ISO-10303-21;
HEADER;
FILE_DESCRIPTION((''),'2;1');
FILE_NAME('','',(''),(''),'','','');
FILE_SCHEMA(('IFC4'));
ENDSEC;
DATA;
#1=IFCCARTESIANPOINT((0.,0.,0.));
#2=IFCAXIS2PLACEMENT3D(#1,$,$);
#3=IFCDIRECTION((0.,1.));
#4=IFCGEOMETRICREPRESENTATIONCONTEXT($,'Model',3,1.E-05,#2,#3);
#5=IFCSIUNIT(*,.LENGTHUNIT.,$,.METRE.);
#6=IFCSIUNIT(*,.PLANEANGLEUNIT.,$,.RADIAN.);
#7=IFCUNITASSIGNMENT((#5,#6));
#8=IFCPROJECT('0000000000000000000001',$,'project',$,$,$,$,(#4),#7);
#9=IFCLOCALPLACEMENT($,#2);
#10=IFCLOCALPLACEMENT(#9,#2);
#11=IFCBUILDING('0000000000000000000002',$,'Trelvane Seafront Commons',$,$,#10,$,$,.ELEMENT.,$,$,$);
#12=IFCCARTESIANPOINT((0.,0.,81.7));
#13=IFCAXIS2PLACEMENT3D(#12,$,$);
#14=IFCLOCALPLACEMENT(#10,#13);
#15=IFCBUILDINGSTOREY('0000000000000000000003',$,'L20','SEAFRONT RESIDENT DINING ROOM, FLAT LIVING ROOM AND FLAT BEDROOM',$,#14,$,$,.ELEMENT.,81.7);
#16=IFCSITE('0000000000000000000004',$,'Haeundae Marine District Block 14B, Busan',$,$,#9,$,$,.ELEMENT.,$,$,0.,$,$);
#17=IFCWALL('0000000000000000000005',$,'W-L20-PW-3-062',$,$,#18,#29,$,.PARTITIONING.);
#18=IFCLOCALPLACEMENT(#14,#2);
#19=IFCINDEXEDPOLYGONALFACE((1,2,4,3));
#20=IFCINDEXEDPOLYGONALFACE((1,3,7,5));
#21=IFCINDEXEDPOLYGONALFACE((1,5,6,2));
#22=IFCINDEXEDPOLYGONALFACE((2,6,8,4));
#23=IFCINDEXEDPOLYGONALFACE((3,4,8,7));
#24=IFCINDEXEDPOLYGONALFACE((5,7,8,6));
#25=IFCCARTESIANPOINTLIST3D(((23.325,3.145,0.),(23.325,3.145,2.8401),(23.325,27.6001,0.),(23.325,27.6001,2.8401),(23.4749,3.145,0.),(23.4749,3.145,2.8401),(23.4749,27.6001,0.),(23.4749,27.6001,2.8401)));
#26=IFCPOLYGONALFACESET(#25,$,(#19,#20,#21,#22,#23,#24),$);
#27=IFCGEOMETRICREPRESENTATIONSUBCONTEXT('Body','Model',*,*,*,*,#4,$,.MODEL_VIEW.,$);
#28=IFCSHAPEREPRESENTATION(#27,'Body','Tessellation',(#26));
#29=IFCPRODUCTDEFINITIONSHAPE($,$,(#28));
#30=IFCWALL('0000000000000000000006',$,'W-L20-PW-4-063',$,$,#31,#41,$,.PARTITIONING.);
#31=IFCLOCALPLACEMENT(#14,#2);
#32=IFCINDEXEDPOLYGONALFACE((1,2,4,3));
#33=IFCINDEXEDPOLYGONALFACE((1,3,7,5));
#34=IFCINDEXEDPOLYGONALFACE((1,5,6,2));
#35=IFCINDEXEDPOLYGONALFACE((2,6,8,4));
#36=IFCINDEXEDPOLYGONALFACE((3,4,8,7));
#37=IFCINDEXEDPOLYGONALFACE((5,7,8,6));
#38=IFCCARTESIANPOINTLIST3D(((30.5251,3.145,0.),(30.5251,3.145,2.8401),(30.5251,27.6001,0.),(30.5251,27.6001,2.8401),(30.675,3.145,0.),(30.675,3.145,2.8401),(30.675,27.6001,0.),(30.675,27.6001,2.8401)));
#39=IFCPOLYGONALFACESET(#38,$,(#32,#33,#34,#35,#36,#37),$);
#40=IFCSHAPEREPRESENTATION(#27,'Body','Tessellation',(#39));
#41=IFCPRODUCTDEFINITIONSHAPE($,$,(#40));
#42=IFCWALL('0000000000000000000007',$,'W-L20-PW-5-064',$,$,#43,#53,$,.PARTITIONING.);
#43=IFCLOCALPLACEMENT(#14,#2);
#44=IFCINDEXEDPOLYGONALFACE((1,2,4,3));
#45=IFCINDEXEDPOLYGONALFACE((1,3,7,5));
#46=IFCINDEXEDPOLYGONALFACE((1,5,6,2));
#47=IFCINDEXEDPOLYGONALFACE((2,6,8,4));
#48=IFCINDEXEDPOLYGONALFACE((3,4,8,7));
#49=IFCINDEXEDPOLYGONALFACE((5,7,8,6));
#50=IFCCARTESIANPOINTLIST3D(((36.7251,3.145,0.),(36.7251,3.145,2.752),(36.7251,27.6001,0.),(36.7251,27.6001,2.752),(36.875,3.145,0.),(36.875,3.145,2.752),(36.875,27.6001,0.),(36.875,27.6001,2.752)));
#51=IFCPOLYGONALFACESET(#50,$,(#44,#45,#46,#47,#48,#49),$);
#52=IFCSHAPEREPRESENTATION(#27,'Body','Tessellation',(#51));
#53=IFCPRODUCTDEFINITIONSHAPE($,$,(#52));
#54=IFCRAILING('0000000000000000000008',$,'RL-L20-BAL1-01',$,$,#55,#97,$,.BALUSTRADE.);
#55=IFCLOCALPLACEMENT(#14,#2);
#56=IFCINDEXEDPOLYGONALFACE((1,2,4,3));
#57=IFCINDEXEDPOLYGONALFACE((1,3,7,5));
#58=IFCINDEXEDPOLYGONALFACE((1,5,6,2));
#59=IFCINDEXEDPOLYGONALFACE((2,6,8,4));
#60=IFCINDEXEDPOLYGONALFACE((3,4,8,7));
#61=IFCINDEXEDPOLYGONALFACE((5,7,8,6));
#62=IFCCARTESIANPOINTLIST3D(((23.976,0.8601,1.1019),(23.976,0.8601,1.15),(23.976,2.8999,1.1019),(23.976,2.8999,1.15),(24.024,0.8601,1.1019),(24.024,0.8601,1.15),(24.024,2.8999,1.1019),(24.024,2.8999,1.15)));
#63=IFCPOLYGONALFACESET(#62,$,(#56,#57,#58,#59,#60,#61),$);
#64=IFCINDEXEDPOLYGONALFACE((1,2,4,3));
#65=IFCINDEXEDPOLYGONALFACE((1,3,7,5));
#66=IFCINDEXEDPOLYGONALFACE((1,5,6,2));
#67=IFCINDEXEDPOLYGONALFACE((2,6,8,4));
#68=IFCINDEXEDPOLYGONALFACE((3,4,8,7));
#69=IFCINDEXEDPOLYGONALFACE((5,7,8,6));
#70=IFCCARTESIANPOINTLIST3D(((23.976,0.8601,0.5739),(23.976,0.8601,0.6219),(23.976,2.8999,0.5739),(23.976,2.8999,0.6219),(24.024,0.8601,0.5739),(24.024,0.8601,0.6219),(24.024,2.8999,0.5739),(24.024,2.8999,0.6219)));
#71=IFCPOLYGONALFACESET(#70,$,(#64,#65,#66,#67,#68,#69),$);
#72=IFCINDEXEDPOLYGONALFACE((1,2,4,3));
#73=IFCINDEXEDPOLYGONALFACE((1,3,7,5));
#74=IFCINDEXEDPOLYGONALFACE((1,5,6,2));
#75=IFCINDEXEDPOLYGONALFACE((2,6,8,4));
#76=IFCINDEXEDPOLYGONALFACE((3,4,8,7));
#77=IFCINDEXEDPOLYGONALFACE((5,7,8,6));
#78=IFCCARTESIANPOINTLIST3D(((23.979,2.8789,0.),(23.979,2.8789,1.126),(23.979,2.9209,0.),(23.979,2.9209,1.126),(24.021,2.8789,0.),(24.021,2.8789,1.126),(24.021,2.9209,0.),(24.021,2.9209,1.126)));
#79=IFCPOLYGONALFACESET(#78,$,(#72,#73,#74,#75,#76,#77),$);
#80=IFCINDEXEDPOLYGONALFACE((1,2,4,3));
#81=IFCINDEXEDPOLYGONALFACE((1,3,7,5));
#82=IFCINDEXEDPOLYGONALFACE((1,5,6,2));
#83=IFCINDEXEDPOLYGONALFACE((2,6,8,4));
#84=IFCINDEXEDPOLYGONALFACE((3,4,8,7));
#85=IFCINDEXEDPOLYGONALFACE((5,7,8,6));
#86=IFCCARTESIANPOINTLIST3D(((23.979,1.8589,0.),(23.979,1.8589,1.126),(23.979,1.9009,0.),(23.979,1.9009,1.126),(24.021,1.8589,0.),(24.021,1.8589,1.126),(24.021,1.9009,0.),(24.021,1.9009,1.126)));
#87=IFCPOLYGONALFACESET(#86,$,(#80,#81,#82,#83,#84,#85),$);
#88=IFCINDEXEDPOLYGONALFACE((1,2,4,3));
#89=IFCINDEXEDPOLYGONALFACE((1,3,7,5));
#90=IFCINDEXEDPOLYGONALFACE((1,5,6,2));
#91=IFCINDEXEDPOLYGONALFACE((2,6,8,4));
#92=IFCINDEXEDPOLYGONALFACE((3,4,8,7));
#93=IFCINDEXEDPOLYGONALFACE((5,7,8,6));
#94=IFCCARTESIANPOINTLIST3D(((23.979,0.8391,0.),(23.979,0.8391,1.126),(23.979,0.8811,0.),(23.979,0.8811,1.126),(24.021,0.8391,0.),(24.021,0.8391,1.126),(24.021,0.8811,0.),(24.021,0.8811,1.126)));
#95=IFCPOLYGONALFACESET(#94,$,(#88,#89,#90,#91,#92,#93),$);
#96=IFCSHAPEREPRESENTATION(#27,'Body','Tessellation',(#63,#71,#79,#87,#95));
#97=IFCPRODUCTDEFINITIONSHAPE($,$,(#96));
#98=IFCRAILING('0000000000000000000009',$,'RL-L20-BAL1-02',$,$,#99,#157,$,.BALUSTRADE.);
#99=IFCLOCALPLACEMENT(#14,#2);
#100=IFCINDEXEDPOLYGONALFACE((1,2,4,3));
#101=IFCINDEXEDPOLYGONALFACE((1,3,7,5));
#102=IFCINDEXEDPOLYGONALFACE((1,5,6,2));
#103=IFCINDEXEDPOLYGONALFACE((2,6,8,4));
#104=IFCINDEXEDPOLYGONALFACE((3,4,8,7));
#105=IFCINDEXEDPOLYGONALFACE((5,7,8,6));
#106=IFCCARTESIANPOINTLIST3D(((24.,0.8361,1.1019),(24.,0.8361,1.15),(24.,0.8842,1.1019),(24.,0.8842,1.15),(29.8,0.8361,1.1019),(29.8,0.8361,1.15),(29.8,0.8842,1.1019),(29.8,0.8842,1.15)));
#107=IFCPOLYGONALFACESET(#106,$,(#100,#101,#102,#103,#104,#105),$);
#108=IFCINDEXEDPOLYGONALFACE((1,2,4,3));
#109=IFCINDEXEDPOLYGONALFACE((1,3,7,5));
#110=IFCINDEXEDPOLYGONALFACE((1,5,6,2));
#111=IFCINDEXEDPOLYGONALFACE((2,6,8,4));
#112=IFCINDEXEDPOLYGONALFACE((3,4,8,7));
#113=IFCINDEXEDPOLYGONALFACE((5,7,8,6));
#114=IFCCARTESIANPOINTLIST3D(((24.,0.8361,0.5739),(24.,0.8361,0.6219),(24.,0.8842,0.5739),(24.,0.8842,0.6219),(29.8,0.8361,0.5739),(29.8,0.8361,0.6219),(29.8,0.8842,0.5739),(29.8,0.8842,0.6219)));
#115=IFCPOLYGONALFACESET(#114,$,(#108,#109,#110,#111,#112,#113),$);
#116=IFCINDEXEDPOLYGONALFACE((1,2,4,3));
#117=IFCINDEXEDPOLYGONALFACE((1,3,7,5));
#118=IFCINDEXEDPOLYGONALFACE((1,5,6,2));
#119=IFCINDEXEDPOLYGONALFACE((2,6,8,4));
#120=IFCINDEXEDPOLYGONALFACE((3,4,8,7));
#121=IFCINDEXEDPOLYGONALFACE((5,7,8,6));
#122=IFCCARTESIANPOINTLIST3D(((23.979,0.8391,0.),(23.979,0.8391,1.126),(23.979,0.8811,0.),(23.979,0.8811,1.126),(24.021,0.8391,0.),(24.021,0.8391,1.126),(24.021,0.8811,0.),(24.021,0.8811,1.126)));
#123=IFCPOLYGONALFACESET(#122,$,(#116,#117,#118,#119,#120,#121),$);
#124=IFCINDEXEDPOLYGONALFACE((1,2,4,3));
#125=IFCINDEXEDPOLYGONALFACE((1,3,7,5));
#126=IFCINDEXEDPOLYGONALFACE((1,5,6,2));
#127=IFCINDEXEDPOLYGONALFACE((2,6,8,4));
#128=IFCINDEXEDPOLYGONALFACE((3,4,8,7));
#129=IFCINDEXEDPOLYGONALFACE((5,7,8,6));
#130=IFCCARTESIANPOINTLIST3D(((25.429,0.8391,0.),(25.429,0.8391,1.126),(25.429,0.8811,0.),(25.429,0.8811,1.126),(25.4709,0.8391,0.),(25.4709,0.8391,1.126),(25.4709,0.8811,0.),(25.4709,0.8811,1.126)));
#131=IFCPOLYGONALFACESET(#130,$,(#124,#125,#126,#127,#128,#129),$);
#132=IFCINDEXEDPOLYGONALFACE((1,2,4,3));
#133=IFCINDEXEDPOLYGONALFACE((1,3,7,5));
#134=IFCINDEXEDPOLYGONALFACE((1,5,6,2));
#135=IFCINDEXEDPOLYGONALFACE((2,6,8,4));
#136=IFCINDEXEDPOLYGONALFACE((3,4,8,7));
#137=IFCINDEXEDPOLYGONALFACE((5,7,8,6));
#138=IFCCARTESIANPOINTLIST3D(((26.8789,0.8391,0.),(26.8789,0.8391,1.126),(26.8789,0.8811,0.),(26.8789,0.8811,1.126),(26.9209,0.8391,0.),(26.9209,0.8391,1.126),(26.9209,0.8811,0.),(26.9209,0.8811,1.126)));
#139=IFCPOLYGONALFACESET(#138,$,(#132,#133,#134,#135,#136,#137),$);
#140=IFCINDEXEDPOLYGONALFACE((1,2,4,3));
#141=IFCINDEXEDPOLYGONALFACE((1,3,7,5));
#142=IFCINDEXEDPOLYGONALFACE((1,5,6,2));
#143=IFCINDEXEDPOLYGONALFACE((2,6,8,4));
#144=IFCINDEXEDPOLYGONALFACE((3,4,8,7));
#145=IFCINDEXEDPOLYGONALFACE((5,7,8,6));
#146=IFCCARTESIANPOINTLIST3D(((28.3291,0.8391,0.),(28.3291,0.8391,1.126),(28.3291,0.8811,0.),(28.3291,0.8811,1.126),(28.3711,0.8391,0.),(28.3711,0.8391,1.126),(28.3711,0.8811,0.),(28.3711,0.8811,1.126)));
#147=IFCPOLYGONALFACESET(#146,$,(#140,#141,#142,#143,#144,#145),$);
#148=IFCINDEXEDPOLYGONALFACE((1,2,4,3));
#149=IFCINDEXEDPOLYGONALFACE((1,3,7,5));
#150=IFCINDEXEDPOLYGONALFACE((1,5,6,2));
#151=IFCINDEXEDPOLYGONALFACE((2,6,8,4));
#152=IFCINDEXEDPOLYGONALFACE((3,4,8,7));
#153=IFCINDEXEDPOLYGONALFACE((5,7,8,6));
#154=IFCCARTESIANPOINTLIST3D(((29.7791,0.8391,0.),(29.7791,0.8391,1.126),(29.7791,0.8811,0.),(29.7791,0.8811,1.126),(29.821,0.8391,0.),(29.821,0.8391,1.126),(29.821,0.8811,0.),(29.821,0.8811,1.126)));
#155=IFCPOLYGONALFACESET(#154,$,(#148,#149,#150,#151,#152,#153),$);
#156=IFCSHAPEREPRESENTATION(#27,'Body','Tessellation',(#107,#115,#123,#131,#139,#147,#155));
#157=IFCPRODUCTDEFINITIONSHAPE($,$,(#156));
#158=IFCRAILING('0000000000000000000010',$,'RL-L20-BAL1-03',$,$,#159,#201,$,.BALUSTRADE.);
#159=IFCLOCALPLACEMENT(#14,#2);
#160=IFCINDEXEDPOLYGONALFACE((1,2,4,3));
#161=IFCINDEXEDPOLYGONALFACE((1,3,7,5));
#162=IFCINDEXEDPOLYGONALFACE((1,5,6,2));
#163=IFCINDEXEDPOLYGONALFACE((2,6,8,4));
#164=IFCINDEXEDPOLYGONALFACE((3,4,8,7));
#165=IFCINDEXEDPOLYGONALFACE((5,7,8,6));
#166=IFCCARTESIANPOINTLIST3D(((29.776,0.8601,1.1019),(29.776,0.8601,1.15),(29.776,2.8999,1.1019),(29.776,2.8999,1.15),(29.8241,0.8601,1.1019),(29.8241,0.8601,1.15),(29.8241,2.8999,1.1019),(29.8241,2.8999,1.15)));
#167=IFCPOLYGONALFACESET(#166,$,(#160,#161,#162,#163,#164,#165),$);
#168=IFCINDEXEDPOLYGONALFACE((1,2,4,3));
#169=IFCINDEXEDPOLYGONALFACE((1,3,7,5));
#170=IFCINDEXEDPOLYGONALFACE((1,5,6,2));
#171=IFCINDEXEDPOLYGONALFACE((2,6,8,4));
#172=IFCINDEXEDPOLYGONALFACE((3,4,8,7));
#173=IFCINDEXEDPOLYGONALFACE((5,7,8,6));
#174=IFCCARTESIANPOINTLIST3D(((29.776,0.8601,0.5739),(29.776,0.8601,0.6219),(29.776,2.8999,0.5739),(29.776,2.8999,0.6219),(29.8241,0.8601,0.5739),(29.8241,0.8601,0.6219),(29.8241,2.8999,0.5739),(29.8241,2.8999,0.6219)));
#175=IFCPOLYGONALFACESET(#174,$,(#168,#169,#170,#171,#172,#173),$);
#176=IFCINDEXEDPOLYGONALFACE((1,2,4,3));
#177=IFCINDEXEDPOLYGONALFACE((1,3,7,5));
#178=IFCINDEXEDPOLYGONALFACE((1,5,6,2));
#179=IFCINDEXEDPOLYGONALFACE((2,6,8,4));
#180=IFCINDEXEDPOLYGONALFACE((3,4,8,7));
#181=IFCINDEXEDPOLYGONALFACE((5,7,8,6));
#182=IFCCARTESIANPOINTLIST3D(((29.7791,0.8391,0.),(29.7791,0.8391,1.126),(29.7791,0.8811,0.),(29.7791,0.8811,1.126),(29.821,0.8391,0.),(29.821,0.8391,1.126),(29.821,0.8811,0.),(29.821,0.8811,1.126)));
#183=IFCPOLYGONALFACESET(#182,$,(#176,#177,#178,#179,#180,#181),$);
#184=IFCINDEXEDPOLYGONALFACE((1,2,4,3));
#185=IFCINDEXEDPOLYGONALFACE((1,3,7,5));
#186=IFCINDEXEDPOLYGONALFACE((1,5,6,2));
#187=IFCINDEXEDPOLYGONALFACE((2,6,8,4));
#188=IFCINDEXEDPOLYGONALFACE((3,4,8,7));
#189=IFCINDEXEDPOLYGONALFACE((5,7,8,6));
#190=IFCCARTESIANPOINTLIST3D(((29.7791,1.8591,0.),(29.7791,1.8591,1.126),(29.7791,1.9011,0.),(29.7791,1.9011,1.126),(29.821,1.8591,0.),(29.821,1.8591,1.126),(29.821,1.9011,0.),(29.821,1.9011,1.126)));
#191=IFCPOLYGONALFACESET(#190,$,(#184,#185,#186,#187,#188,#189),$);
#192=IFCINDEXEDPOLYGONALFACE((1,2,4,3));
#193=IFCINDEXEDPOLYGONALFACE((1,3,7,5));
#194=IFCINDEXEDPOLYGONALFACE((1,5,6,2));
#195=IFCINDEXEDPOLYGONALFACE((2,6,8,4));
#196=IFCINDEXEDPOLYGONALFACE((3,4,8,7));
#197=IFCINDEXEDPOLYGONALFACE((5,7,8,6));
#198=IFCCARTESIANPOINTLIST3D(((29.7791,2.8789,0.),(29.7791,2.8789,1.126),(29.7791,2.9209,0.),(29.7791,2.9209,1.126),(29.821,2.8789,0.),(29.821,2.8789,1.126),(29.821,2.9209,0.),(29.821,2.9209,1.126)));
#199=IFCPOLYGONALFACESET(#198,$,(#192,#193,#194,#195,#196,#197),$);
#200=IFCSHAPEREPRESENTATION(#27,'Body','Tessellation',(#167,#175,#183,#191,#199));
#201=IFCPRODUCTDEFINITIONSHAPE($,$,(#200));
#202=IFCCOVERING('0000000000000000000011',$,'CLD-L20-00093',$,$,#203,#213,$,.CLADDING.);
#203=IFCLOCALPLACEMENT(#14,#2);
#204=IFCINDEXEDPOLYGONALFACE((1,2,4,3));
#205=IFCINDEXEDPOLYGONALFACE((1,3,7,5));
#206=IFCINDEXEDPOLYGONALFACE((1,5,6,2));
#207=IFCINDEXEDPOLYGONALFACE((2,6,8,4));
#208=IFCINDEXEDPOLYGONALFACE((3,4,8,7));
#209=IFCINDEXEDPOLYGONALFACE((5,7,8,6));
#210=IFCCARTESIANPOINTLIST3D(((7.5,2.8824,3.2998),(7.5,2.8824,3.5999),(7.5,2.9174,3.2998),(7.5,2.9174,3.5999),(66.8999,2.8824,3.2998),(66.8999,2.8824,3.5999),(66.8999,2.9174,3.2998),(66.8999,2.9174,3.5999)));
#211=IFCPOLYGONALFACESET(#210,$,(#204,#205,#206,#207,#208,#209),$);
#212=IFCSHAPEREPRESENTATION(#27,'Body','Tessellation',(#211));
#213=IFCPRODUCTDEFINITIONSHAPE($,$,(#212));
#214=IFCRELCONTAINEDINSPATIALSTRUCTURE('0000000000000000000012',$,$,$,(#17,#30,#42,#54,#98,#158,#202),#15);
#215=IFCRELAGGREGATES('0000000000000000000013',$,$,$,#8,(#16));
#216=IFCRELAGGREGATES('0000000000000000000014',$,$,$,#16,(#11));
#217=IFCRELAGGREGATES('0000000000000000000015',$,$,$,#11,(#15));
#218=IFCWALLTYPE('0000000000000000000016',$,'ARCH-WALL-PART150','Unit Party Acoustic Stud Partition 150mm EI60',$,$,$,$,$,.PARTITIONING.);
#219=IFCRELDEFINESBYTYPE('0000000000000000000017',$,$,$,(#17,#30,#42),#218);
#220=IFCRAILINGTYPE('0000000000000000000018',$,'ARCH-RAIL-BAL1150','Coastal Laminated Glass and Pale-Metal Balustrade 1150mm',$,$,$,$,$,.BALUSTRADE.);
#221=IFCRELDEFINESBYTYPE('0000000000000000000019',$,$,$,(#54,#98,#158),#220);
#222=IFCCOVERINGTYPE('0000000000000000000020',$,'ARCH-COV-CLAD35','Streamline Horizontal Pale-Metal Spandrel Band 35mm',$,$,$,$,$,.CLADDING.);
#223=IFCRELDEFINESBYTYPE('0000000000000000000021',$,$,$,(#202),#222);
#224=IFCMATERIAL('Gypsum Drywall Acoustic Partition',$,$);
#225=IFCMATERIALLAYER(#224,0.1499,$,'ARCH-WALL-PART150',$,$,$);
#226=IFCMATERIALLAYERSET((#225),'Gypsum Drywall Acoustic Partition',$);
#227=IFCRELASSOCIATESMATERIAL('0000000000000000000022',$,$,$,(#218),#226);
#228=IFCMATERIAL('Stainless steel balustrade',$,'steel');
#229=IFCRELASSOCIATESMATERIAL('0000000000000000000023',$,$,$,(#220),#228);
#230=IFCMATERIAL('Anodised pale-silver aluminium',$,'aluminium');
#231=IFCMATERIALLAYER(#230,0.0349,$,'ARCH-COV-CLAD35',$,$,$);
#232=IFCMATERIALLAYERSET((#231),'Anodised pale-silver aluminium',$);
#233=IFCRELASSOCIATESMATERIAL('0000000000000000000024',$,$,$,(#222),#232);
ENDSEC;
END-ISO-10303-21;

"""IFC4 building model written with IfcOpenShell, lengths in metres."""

from ifc_helpers import new_model, si_unit, direction, frame, frame_2d, origin, origin_2d, place, context, subcontext, project, spatial, rectangle, extrude, source, transform, mapped, material, layer, layer_set, type_object, element, save


model = new_model("IFC4")

# Units and contexts
model_context = context("Model", 3, precision=1e-05, world=origin(), true_north=direction((0.0, 1.0)))
body_context = subcontext(model_context, "Body", "Model", "MODEL_VIEW")
ifc_project = project(units=[si_unit("LENGTHUNIT", "METRE"), si_unit("PLANEANGLEUNIT", "RADIAN")], contexts=[model_context])

# Site, building, storey
site_placement = place(None, origin())
site = spatial("IfcSite", under=ifc_project, at=site_placement, Name="Haeundae Marine District Block 14B, Busan", CompositionType="ELEMENT", RefElevation=0.0)
building_placement = place(site_placement, origin())
building = spatial("IfcBuilding", under=site, at=building_placement, Name="Trelvane Seafront Commons", CompositionType="ELEMENT")
storey_placement = place(building_placement, frame((0.0, 0.0, 81.7)))
storey = spatial("IfcBuildingStorey", under=building, at=storey_placement, Name="L20", Description="SEAFRONT RESIDENT DINING ROOM, FLAT LIVING ROOM AND FLAT BEDROOM", CompositionType="ELEMENT", Elevation=81.7)

# Shared definitions
ifc_material_1 = material(Name="Anodised pale-silver aluminium", Category="aluminium")

# Shared definitions
ifc_material_2 = material(Name="Gypsum Drywall Acoustic Partition")

# Walls
ifc_layer_1 = layer(ifc_material_2, 0.1499, Name="ARCH-WALL-PART150")
ifc_layer_set_1 = layer_set([ifc_layer_1], Name="Gypsum Drywall Acoustic Partition")
wall_type_1 = type_object("IfcWallType", Name="ARCH-WALL-PART150", Description="Unit Party Acoustic Stud Partition 150mm EI60", PredefinedType="PARTITIONING", material=ifc_layer_set_1)
for number, where, z_axis, x_axis, name in (
    (1, (23.3999, 3.145, 0.0), (0.0, 0.0, 1.0), (0.0, 1.0, 0.0), "W-L20-PW-3-062"),
    (2, (30.6001, 3.145, 0.0), (0.0, 0.0, 1.0), (0.0, 1.0, 0.0), "W-L20-PW-4-063"),
):
    element("IfcWall", number, at=place(storey_placement, frame(where, z_axis=z_axis, x_axis=x_axis)), inside=storey, type_object=wall_type_1, Name=name, PredefinedType="PARTITIONING", context=body_context, shape_type="SweptSolid", body=[
        extrude(rectangle(XDim=24.4551, YDim=0.1499, at=frame_2d((12.2275, 0.0))), origin(), (0.0, 0.0, 1.0), 2.8401),
    ])
wall_1_placement = place(storey_placement, frame((36.8, 3.145, 0.0), z_axis=(0.0, 0.0, 1.0), x_axis=(0.0, 1.0, 0.0)))
element("IfcWall", 3, at=wall_1_placement, inside=storey, type_object=wall_type_1, Name="W-L20-PW-5-064", PredefinedType="PARTITIONING", context=body_context, shape_type="SweptSolid", body=[
    extrude(rectangle(XDim=24.4551, YDim=0.1499, at=frame_2d((12.2275, 0.0))), origin(), (0.0, 0.0, 1.0), 2.752),
])

# Railings
ifc_material_3 = material(Name="Stainless steel balustrade", Category="steel")
railing_type = type_object("IfcRailingType", Name="ARCH-RAIL-BAL1150", Description="Coastal Laminated Glass and Pale-Metal Balustrade 1150mm", PredefinedType="BALUSTRADE", material=ifc_material_3)
railing_1_placement = place(storey_placement, frame((24.0, 2.8999, 0.0)))
element("IfcRailing", 4, at=railing_1_placement, inside=storey, type_object=railing_type, Name="RL-L20-BAL1-01", PredefinedType="BALUSTRADE", context=body_context, shape_type="SweptSolid", body=[
    extrude(rectangle(XDim=0.0481, YDim=0.0481, at=origin_2d()), frame((0.0, 0.0, 1.126), z_axis=(0.0, -1.0, 0.0), x_axis=(1.0, 0.0, 0.0)), (0.0, 0.0, 1.0), 2.0398),
    extrude(rectangle(XDim=0.0481, YDim=0.0481, at=origin_2d()), frame((0.0, 0.0, 0.5979), z_axis=(0.0, -1.0, 0.0), x_axis=(1.0, 0.0, 0.0)), (0.0, 0.0, 1.0), 2.0398),
    extrude(rectangle(XDim=0.042, YDim=0.042, at=origin_2d()), origin(), (0.0, 0.0, 1.0), 1.126),
    extrude(rectangle(XDim=0.042, YDim=0.042, at=origin_2d()), frame((0.0, -1.02, 0.0)), (0.0, 0.0, 1.0), 1.126),
    extrude(rectangle(XDim=0.042, YDim=0.042, at=origin_2d()), frame((0.0, -2.0398, 0.0)), (0.0, 0.0, 1.0), 1.126),
])
railing_2_placement = place(storey_placement, frame((24.0, 0.8601, 0.0)))
element("IfcRailing", 5, at=railing_2_placement, inside=storey, type_object=railing_type, Name="RL-L20-BAL1-02", PredefinedType="BALUSTRADE", context=body_context, shape_type="SweptSolid", body=[
    extrude(rectangle(XDim=0.0481, YDim=0.0481, at=origin_2d()), frame((0.0, 0.0, 1.126), z_axis=(1.0, 0.0, 0.0), x_axis=(0.0, 1.0, 0.0)), (0.0, 0.0, 1.0), 5.8),
    extrude(rectangle(XDim=0.0481, YDim=0.0481, at=origin_2d()), frame((0.0, 0.0, 0.5979), z_axis=(1.0, 0.0, 0.0), x_axis=(0.0, 1.0, 0.0)), (0.0, 0.0, 1.0), 5.8),
    extrude(rectangle(XDim=0.042, YDim=0.042, at=origin_2d()), origin(), (0.0, 0.0, 1.0), 1.126),
    extrude(rectangle(XDim=0.042, YDim=0.042, at=origin_2d()), frame((1.45, 0.0, 0.0)), (0.0, 0.0, 1.0), 1.126),
    extrude(rectangle(XDim=0.042, YDim=0.042, at=origin_2d()), frame((2.8999, 0.0, 0.0)), (0.0, 0.0, 1.0), 1.126),
    extrude(rectangle(XDim=0.042, YDim=0.042, at=origin_2d()), frame((4.3501, 0.0, 0.0)), (0.0, 0.0, 1.0), 1.126),
    extrude(rectangle(XDim=0.042, YDim=0.042, at=origin_2d()), frame((5.8, 0.0, 0.0)), (0.0, 0.0, 1.0), 1.126),
])
railing_3_placement = place(storey_placement, frame((29.8, 0.8601, 0.0)))
element("IfcRailing", 6, at=railing_3_placement, inside=storey, type_object=railing_type, Name="RL-L20-BAL1-03", PredefinedType="BALUSTRADE", context=body_context, shape_type="SweptSolid", body=[
    extrude(rectangle(XDim=0.0481, YDim=0.0481, at=origin_2d()), frame((0.0, 0.0, 1.126), z_axis=(0.0, 1.0, 0.0), x_axis=(-1.0, 0.0, 0.0)), (0.0, 0.0, 1.0), 2.0398),
    extrude(rectangle(XDim=0.0481, YDim=0.0481, at=origin_2d()), frame((0.0, 0.0, 0.5979), z_axis=(0.0, 1.0, 0.0), x_axis=(-1.0, 0.0, 0.0)), (0.0, 0.0, 1.0), 2.0398),
    extrude(rectangle(XDim=0.042, YDim=0.042, at=origin_2d()), origin(), (0.0, 0.0, 1.0), 1.126),
    extrude(rectangle(XDim=0.042, YDim=0.042, at=origin_2d()), frame((0.0, 1.02, 0.0)), (0.0, 0.0, 1.0), 1.126),
    extrude(rectangle(XDim=0.042, YDim=0.042, at=origin_2d()), frame((0.0, 2.0398, 0.0)), (0.0, 0.0, 1.0), 1.126),
])

# Covering
ifc_layer_2 = layer(ifc_material_1, 0.0349, Name="ARCH-COV-CLAD35")
ifc_layer_set_2 = layer_set([ifc_layer_2], Name="Anodised pale-silver aluminium")
covering_type = type_object("IfcCoveringType", Name="ARCH-COV-CLAD35", Description="Streamline Horizontal Pale-Metal Spandrel Band 35mm", PredefinedType="CLADDING", material=ifc_layer_set_2)
shared_shape_1 = source(origin(), body_context, "Body", "SweptSolid", [
    extrude(rectangle(XDim=59.3999, YDim=0.0349, at=origin_2d()), origin(), (0.0, 0.0, 1.0), 0.3),
])
covering_placement = place(storey_placement, frame((37.2, 2.8999, 3.2998), z_axis=(0.0, 0.0, 1.0), x_axis=(-1.0, 0.0, 0.0)))
element("IfcCovering", 7, at=covering_placement, inside=storey, type_object=covering_type, Name="CLD-L20-00093", PredefinedType="CLADDING", context=body_context, shape_type="MappedRepresentation", body=[
    mapped(shared_shape_1, transform((0.0, 0.0, 0.0), x_axis=(1.0, 0.0, 0.0), y_axis=(0.0, 1.0, 0.0), z_axis=(0.0, 0.0, 1.0), scale=1.0)),
])

save(model, "model.ifc")
